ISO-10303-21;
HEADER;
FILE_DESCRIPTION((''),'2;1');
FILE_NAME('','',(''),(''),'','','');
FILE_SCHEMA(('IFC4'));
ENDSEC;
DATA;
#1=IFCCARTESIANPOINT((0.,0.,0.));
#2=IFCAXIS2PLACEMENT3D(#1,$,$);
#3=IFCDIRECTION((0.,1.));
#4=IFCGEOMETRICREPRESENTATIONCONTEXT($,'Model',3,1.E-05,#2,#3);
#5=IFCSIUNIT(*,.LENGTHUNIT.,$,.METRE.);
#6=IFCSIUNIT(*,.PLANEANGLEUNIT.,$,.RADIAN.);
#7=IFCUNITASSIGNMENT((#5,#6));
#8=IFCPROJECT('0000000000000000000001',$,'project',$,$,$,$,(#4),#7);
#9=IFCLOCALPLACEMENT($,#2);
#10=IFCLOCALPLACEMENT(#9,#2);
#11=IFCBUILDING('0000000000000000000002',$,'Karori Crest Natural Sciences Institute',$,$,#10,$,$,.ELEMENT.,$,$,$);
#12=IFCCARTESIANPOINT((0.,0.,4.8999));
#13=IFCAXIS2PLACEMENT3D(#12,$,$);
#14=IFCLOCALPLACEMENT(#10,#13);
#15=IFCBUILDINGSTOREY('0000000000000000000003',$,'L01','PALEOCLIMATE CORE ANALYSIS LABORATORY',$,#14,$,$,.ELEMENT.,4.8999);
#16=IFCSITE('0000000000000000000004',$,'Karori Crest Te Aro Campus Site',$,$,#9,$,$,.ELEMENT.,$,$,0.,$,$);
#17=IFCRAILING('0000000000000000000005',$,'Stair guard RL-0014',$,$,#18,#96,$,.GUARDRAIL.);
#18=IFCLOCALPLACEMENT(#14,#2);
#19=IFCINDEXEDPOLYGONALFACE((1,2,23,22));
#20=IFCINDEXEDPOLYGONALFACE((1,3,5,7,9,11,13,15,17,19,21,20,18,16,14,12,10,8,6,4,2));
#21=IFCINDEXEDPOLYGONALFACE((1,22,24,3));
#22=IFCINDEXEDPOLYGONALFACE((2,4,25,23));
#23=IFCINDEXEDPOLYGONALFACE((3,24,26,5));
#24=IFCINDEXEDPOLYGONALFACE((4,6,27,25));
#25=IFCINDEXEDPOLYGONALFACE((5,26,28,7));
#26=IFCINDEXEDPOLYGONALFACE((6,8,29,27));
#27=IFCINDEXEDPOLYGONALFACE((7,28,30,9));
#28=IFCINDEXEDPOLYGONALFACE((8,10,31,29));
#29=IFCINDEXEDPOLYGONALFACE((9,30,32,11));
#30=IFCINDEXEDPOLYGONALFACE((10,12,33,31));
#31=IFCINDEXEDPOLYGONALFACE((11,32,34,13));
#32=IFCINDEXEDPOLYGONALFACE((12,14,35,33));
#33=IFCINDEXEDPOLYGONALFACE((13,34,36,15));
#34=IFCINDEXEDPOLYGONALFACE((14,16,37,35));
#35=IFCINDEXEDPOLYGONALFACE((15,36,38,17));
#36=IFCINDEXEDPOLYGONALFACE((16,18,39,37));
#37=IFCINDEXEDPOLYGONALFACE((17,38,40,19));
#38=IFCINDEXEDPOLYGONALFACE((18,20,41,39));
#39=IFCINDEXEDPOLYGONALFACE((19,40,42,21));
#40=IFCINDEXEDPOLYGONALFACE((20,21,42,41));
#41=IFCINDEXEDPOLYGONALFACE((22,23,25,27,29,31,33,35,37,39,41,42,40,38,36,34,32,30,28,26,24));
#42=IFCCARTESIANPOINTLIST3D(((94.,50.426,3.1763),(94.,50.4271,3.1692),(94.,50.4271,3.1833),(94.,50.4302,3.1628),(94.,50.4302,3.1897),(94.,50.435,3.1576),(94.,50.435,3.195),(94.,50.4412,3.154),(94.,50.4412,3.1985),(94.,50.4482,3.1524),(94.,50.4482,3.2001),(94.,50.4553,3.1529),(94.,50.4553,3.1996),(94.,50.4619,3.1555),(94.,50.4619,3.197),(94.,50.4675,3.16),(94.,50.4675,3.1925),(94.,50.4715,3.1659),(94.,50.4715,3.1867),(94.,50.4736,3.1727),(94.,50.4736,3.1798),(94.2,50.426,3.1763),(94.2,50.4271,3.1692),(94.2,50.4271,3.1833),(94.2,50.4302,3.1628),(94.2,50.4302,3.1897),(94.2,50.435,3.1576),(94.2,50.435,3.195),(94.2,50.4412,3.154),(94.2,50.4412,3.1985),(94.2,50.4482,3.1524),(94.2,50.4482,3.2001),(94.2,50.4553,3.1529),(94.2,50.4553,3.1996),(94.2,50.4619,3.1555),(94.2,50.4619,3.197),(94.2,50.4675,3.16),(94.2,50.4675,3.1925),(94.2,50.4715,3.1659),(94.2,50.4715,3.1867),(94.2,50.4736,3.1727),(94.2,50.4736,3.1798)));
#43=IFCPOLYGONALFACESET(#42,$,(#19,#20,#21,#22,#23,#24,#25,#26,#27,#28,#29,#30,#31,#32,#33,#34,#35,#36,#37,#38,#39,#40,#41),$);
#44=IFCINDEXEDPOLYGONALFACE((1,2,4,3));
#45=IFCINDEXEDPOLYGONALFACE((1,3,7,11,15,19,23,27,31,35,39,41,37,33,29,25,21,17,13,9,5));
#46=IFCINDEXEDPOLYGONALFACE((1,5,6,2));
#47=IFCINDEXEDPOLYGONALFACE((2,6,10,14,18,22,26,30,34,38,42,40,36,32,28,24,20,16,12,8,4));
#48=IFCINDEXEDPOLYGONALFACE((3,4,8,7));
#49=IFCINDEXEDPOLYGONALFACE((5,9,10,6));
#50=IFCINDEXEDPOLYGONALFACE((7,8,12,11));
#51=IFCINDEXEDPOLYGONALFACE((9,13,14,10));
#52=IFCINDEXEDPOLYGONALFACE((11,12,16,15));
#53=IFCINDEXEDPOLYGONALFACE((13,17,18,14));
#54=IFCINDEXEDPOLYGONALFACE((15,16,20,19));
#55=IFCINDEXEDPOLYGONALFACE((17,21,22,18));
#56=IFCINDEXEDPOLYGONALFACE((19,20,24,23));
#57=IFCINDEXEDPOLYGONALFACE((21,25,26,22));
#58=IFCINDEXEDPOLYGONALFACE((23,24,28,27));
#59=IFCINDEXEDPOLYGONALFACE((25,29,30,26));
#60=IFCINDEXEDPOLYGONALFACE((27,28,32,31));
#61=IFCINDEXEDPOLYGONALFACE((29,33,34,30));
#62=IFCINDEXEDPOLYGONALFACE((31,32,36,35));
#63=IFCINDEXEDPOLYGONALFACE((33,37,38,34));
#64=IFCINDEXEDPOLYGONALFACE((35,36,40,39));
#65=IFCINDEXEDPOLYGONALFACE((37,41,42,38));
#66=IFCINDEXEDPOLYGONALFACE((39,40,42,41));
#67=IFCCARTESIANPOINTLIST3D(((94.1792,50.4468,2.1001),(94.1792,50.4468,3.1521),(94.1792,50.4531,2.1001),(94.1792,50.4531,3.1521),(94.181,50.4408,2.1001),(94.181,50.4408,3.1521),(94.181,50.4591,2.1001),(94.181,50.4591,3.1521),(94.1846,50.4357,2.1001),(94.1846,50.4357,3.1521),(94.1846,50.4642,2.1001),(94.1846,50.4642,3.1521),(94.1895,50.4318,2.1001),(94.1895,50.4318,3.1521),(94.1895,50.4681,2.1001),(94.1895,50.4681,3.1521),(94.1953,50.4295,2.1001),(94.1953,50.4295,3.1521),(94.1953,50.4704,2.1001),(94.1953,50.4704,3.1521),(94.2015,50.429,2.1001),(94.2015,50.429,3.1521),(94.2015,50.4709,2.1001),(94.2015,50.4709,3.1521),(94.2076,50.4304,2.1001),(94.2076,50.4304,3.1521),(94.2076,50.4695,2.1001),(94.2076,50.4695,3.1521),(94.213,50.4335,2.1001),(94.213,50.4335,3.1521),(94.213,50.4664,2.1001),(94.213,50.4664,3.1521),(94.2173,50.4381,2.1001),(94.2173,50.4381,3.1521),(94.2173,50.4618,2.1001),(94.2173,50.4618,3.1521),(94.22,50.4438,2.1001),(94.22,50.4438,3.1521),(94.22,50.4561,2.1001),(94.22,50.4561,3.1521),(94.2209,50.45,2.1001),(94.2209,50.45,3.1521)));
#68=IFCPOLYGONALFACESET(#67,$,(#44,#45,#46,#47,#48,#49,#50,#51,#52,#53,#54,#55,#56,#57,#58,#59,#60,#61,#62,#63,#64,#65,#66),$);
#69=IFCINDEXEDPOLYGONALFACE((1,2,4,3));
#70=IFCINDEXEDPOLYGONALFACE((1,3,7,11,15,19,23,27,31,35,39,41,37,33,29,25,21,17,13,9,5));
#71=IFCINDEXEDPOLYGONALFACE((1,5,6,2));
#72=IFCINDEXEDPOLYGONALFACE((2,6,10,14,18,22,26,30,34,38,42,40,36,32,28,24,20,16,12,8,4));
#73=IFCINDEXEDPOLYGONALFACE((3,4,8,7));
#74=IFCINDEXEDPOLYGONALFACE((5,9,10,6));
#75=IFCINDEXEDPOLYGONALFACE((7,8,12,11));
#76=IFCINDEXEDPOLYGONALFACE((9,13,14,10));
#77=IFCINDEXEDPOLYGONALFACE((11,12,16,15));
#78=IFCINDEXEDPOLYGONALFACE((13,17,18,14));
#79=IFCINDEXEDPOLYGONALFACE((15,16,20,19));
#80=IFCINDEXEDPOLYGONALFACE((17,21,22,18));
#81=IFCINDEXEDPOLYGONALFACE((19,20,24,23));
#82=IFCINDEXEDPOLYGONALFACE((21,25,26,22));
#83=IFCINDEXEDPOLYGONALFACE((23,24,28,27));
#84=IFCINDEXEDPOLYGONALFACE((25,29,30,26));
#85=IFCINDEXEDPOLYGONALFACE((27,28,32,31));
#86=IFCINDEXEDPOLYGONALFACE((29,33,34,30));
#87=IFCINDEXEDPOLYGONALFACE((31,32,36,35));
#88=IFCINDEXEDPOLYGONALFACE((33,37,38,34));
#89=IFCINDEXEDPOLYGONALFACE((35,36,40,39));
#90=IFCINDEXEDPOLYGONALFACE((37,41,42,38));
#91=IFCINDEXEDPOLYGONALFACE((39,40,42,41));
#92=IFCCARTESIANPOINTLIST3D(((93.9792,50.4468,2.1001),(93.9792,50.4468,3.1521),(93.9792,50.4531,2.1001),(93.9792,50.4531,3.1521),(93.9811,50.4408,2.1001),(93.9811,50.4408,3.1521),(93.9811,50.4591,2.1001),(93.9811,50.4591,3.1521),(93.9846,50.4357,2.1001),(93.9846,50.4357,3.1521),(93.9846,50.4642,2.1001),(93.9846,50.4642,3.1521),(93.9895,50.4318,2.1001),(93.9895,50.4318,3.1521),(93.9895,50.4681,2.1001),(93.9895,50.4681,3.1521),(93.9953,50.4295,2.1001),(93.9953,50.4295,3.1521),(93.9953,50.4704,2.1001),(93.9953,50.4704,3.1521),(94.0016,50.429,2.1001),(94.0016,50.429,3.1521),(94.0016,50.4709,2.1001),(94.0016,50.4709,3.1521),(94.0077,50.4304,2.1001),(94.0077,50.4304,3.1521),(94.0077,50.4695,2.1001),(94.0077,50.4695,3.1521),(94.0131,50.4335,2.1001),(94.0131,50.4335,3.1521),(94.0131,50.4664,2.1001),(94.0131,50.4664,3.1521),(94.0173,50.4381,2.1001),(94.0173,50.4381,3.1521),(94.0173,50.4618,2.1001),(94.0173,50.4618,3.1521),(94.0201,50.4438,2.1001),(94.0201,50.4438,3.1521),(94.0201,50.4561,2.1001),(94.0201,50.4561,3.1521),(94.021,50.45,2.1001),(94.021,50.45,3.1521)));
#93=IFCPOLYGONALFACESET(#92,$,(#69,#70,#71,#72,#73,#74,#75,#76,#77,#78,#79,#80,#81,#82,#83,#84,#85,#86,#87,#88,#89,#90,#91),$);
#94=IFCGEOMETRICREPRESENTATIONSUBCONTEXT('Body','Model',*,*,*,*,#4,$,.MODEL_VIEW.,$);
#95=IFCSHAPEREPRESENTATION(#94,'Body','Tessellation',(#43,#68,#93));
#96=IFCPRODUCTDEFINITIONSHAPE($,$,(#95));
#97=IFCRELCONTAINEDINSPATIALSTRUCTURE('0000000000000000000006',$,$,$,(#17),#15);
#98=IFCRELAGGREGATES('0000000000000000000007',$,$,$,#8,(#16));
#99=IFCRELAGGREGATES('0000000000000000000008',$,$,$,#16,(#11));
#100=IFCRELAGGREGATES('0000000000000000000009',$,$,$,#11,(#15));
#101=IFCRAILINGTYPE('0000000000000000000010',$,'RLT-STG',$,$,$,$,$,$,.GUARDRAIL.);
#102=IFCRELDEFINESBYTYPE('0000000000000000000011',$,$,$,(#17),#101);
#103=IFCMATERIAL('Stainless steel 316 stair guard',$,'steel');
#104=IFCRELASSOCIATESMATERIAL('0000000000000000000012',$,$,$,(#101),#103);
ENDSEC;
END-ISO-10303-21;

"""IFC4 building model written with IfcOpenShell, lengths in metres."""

from ifc_helpers import new_model, si_unit, direction, frame, origin, origin_2d, place, context, subcontext, project, spatial, circle, extrude, material, type_object, element, save


model = new_model("IFC4")

# Units and contexts
model_context = context("Model", 3, precision=1e-05, world=origin(), true_north=direction((0.0, 1.0)))
body_context = subcontext(model_context, "Body", "Model", "MODEL_VIEW")
ifc_project = project(units=[si_unit("LENGTHUNIT", "METRE"), si_unit("PLANEANGLEUNIT", "RADIAN")], contexts=[model_context])

# Site, building, storey
site_placement = place(None, origin())
site = spatial("IfcSite", under=ifc_project, at=site_placement, Name="Karori Crest Te Aro Campus Site", CompositionType="ELEMENT", RefElevation=0.0)
building_placement = place(site_placement, origin())
building = spatial("IfcBuilding", under=site, at=building_placement, Name="Karori Crest Natural Sciences Institute", CompositionType="ELEMENT")
storey_placement = place(building_placement, frame((0.0, 0.0, 4.8999)))
storey = spatial("IfcBuildingStorey", under=building, at=storey_placement, Name="L01", Description="PALEOCLIMATE CORE ANALYSIS LABORATORY", CompositionType="ELEMENT", Elevation=4.8999)

# Railing
ifc_material_1 = material(Name="Stainless steel 316 stair guard", Category="steel")
railing_type = type_object("IfcRailingType", Name="RLT-STG", PredefinedType="GUARDRAIL", material=ifc_material_1)
railing_1_placement = place(storey_placement, frame((94.2, 50.45, 2.1001)))
element("IfcRailing", 1, at=railing_1_placement, inside=storey, type_object=railing_type, Name="Stair guard RL-0014", PredefinedType="GUARDRAIL", context=body_context, shape_type="SweptSolid", body=[
    extrude(circle(Radius=0.0239, at=origin_2d()), frame((0.0, 0.0, 1.0762), z_axis=(-1.0, 0.0, 0.0), x_axis=(0.0, -1.0, 0.0)), (0.0, 0.0, 1.0), 0.2),
    extrude(circle(Radius=0.021, at=origin_2d()), origin(), (0.0, 0.0, 1.0), 1.052),
    extrude(circle(Radius=0.021, at=origin_2d()), frame((-0.2, 0.0, 0.0)), (0.0, 0.0, 1.0), 1.052),
])

save(model, "model.ifc")
